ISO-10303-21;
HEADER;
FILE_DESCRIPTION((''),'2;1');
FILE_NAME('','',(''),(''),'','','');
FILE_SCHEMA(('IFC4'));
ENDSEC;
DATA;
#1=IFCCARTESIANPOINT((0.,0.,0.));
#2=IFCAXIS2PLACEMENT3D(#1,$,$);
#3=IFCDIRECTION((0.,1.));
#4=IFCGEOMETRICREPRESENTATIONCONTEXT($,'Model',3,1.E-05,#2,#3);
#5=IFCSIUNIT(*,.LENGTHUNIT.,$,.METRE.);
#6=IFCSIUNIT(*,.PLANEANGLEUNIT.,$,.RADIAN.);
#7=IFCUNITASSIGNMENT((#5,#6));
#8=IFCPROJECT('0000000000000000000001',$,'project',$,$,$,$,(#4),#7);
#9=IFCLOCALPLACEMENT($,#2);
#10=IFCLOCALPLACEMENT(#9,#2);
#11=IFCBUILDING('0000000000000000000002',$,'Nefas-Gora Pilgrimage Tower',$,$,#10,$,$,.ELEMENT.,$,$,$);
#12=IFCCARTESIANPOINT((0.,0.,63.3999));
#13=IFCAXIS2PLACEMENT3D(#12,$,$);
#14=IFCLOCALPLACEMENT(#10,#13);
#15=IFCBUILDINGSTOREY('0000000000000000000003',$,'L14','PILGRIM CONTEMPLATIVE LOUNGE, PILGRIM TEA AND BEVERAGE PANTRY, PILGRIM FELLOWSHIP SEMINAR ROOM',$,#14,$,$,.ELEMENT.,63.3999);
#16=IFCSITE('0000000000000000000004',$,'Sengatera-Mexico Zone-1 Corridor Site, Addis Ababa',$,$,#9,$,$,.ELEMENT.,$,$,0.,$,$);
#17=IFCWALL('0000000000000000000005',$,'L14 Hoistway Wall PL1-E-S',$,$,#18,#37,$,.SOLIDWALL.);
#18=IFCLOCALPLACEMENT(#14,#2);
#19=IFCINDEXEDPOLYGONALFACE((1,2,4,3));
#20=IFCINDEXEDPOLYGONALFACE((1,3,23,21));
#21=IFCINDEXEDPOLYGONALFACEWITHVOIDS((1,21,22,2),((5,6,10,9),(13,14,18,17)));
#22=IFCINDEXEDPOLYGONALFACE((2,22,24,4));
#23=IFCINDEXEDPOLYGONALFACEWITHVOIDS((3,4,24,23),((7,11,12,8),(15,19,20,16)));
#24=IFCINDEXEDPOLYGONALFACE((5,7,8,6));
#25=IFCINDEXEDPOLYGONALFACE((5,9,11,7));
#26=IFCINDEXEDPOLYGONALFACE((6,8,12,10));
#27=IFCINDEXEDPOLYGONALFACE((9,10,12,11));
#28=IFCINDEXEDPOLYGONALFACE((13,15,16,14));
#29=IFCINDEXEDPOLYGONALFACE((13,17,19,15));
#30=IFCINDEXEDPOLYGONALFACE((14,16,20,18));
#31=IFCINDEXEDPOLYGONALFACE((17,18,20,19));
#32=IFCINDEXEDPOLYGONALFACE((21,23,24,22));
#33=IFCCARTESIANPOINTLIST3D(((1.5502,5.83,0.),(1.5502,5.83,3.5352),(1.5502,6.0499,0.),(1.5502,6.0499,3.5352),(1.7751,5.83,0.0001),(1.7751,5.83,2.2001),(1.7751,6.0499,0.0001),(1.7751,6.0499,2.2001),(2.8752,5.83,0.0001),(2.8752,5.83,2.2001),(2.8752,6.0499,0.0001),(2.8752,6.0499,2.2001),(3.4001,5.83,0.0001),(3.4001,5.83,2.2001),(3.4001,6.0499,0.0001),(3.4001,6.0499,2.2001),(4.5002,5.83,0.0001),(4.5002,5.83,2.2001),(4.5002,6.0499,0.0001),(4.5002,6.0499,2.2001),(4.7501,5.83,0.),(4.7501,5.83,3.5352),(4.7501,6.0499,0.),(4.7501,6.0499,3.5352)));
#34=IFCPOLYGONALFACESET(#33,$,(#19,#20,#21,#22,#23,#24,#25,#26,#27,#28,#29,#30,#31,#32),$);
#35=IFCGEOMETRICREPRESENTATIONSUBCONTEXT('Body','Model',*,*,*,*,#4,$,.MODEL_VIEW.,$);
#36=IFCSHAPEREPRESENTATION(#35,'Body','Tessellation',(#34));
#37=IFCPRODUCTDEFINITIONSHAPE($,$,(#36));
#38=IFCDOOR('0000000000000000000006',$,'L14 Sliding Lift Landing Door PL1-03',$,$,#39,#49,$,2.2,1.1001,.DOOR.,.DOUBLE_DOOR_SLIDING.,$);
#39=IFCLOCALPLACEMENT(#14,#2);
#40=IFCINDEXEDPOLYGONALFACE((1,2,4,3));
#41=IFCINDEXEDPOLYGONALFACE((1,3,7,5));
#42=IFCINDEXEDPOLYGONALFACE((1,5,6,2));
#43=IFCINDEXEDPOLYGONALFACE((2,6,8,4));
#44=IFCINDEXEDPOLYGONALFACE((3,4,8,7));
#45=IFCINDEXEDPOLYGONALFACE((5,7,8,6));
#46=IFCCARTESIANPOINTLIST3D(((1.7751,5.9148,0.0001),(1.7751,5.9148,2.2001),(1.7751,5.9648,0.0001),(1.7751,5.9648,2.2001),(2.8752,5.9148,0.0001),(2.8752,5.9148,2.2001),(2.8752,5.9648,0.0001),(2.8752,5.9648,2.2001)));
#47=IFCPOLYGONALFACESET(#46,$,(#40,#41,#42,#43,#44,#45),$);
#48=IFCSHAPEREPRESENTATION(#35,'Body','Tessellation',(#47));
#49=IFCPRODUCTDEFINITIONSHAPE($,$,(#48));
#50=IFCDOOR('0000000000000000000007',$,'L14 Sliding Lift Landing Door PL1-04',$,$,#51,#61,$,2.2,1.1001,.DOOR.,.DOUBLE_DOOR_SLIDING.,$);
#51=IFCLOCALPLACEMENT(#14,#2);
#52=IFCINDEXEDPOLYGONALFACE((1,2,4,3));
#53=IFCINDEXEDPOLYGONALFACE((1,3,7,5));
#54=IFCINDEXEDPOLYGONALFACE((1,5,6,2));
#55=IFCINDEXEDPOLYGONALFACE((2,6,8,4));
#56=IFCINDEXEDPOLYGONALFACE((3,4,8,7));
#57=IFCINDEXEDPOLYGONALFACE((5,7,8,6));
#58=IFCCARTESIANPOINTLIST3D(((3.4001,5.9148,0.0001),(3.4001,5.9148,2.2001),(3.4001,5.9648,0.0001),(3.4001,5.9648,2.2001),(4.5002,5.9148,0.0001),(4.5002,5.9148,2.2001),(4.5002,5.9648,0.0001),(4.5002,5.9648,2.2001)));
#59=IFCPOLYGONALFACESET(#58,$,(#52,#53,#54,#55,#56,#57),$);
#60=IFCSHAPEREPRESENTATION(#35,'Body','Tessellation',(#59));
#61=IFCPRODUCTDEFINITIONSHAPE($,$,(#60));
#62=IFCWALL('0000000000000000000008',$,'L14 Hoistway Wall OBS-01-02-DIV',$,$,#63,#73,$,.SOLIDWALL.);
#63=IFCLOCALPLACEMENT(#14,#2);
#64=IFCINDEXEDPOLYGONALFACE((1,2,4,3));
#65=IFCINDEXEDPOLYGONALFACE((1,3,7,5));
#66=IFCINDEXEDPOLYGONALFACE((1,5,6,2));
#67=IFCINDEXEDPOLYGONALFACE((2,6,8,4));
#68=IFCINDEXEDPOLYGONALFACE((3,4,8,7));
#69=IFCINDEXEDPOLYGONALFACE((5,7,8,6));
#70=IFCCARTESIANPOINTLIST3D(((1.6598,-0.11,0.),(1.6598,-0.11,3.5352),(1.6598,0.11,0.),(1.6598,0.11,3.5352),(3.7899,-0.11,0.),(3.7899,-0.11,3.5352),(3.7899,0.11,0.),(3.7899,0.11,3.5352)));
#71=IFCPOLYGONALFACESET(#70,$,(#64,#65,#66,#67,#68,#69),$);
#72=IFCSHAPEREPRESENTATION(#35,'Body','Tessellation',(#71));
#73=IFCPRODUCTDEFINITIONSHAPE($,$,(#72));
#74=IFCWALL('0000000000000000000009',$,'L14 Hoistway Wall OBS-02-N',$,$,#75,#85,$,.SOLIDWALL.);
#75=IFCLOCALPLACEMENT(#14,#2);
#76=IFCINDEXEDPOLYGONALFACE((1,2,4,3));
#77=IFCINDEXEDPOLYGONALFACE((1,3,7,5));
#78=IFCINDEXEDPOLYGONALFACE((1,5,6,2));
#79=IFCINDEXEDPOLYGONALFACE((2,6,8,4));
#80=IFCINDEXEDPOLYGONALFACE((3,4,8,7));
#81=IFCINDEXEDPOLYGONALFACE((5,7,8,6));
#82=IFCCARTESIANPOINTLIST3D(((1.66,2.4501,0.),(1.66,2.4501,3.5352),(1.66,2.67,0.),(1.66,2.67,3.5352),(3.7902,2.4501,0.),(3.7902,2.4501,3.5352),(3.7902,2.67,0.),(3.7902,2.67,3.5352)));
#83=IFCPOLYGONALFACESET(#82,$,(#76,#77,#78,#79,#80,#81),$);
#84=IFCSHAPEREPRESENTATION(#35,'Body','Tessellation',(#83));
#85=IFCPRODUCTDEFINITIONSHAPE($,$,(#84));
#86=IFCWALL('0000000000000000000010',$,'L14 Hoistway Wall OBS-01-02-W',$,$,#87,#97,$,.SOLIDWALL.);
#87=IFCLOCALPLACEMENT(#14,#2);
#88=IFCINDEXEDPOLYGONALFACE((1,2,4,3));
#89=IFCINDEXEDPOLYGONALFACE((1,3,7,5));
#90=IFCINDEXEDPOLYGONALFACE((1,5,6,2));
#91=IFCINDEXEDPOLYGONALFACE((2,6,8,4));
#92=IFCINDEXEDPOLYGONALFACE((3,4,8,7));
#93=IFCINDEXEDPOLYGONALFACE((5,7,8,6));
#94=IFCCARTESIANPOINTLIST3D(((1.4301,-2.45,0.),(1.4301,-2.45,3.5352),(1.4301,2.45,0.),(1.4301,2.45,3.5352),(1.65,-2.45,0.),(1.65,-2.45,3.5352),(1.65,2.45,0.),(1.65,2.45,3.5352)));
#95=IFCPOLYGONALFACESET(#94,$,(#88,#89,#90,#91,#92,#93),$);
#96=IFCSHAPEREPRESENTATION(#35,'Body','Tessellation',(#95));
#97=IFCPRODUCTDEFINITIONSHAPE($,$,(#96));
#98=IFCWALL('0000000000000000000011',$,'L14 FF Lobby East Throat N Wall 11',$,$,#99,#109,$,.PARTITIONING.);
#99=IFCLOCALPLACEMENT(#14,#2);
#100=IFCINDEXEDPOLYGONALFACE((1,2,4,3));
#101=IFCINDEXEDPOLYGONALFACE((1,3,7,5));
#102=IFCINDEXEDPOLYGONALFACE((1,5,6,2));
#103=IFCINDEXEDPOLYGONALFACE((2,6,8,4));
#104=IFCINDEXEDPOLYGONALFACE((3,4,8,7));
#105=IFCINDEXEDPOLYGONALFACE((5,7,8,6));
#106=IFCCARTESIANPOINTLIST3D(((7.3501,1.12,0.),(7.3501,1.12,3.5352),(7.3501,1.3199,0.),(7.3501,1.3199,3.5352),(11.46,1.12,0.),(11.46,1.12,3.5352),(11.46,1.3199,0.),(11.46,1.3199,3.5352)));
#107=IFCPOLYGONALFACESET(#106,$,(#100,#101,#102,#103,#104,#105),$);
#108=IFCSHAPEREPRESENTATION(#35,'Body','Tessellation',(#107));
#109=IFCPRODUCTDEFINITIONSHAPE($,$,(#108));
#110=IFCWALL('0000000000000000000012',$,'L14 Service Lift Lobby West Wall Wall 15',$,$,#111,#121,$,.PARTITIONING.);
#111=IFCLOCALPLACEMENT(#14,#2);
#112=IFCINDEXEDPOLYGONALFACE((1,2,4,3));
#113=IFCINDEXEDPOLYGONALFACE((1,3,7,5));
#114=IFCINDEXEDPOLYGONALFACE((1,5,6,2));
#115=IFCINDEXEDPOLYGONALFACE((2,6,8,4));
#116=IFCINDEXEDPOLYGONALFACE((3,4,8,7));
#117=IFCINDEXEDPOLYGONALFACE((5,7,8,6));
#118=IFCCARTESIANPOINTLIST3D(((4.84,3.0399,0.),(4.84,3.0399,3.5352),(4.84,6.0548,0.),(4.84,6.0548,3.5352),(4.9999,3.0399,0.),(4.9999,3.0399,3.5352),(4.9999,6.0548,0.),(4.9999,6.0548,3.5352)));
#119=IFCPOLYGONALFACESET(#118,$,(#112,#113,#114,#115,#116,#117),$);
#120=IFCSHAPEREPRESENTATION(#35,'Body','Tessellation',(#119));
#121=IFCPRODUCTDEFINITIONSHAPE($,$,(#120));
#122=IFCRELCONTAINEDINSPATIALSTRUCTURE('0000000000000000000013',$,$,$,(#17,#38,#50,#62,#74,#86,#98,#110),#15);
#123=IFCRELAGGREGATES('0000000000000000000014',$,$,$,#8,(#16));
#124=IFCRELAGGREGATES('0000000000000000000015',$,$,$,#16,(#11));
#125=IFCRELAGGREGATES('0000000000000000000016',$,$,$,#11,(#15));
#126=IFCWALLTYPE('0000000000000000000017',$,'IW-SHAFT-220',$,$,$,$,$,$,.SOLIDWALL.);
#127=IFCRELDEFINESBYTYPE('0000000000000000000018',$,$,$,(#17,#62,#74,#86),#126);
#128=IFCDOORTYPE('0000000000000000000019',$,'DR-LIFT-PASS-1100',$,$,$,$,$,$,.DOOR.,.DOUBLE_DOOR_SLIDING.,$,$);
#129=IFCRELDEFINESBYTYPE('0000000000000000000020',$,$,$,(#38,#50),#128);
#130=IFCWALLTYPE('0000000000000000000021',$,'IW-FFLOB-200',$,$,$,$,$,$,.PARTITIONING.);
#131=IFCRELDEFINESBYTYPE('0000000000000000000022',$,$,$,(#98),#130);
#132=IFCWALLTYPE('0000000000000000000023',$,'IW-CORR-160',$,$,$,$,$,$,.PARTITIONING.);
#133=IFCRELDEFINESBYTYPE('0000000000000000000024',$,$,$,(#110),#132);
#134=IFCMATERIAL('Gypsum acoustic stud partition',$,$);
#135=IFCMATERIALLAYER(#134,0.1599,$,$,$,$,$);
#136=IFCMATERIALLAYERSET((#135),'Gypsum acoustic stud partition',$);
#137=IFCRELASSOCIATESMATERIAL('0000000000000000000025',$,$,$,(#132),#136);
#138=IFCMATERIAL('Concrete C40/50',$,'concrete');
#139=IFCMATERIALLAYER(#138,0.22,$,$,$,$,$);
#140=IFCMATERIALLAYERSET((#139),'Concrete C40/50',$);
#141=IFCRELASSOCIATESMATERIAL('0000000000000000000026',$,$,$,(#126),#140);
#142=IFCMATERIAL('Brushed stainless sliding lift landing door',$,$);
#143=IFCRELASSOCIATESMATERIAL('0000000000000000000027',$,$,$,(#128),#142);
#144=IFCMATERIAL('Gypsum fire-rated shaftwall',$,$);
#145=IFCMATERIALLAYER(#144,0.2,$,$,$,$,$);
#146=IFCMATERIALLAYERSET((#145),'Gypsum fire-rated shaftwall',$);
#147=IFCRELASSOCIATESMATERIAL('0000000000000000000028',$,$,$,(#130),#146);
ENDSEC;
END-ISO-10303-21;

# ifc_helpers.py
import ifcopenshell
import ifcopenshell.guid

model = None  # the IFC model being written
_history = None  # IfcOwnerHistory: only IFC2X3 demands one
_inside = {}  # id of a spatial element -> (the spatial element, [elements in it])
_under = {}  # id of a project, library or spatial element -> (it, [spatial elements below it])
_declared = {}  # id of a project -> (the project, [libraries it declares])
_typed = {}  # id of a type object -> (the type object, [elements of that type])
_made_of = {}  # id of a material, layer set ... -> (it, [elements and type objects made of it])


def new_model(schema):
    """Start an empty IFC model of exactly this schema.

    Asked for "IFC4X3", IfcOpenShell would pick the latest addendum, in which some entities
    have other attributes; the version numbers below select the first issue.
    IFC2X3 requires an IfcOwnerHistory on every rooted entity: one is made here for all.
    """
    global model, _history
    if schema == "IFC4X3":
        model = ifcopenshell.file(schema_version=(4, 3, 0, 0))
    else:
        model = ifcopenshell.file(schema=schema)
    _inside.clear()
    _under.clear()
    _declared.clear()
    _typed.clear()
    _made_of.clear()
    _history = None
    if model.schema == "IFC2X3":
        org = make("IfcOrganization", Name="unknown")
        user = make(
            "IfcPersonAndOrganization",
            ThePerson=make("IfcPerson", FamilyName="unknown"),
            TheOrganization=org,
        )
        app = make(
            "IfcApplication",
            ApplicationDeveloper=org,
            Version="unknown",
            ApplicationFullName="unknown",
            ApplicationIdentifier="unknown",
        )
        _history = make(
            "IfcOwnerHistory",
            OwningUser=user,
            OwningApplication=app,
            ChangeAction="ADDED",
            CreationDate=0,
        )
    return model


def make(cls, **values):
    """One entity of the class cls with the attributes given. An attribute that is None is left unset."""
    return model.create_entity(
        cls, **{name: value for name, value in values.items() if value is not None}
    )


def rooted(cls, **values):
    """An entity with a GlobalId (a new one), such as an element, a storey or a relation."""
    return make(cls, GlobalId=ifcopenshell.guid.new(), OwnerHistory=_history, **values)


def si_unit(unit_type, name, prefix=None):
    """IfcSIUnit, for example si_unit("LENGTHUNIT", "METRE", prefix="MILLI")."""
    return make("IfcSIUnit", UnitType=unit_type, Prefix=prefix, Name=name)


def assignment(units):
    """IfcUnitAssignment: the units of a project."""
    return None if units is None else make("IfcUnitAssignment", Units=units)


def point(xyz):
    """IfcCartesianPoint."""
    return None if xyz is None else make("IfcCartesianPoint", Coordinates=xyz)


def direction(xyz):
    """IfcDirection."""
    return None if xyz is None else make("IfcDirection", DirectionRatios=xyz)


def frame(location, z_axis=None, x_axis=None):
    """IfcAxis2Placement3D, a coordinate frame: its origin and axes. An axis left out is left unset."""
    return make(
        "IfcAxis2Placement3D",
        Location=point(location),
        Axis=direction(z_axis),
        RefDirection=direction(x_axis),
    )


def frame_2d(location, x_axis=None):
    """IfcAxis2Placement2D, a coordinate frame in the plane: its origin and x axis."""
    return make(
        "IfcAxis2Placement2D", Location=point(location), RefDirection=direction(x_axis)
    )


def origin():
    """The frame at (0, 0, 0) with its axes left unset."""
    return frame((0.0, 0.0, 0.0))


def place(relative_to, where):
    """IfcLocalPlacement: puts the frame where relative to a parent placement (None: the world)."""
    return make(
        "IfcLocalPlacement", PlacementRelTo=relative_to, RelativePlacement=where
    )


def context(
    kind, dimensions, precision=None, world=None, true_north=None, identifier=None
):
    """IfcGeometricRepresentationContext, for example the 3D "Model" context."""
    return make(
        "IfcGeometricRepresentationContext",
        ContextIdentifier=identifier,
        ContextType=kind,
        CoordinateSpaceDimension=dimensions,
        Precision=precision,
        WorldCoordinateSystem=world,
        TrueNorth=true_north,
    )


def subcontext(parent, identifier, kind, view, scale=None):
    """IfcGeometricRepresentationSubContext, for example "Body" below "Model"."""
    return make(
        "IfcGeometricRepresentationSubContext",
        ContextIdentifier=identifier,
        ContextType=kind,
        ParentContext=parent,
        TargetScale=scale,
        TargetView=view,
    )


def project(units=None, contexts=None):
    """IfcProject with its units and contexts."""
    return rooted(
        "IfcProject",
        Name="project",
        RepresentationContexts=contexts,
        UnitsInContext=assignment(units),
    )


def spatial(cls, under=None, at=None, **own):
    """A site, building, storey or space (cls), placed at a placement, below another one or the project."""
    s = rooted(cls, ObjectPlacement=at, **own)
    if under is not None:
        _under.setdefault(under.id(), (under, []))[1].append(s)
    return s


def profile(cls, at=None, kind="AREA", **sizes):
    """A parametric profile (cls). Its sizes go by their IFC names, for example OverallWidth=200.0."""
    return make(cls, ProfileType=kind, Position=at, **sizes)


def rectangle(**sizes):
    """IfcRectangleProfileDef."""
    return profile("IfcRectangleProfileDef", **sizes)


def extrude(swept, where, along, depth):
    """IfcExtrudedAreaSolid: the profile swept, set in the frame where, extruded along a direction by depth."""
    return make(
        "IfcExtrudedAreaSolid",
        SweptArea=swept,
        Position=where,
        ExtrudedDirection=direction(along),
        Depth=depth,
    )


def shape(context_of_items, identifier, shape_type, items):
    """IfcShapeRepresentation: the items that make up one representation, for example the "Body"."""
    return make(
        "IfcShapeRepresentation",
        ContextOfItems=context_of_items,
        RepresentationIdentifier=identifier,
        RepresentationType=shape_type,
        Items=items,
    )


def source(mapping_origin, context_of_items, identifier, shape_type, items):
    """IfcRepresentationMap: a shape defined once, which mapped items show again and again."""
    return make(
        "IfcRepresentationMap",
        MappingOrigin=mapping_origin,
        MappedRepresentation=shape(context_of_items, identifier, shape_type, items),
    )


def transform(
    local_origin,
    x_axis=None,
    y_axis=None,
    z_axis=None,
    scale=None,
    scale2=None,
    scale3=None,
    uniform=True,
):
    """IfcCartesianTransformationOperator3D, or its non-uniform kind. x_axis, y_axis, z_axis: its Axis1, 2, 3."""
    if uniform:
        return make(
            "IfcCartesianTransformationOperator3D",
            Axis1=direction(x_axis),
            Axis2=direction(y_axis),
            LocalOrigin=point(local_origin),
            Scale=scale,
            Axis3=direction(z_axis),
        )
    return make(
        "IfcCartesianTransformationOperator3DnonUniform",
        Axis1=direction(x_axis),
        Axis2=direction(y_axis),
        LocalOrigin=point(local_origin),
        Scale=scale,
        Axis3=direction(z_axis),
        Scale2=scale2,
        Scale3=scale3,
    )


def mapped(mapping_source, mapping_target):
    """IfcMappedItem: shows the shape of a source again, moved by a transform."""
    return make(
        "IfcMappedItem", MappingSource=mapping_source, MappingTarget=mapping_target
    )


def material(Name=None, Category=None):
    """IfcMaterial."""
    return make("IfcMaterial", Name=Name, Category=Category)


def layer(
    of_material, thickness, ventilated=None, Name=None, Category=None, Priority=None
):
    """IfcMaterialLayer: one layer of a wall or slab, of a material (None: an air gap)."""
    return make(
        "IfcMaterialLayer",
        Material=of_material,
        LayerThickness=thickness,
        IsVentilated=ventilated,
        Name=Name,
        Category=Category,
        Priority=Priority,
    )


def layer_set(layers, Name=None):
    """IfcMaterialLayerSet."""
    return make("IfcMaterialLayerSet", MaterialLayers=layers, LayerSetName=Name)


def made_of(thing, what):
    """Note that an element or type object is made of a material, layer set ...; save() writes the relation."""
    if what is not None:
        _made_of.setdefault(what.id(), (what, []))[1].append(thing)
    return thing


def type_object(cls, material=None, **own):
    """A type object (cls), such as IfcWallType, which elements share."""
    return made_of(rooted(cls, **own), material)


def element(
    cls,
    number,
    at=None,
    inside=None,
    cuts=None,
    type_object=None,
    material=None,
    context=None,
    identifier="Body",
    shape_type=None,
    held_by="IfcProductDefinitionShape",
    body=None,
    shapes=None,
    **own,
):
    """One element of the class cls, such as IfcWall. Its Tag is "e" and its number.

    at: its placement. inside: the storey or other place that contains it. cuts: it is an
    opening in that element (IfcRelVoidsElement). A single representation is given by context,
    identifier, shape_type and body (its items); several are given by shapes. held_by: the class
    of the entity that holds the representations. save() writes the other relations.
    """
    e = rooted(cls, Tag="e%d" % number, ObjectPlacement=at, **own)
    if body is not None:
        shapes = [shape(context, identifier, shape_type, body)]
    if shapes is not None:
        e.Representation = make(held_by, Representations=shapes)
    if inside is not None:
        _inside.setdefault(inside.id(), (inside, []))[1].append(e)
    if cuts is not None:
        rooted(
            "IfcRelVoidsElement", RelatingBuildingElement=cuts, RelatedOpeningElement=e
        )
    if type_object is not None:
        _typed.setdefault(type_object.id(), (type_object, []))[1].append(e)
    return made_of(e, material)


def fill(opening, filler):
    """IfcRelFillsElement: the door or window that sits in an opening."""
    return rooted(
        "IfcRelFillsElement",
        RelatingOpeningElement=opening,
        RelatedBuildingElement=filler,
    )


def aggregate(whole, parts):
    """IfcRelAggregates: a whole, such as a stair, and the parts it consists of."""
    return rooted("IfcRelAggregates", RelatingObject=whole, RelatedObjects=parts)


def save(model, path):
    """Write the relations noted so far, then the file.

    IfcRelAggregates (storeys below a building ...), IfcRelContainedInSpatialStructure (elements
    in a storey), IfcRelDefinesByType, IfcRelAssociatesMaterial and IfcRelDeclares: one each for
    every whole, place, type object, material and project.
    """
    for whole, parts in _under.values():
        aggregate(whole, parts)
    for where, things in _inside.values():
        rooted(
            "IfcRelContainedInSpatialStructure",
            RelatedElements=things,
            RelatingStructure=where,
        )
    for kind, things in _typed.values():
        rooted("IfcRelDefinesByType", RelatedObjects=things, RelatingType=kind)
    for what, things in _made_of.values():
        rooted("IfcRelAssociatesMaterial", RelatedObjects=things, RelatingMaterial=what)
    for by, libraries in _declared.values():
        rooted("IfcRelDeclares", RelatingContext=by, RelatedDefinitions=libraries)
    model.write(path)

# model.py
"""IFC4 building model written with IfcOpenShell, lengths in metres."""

from ifc_helpers import new_model, si_unit, direction, frame, frame_2d, origin, place, context, subcontext, project, spatial, rectangle, extrude, source, transform, mapped, material, layer, layer_set, type_object, element, fill, save


model = new_model("IFC4")

# Units and contexts
model_context = context("Model", 3, precision=1e-05, world=origin(), true_north=direction((0.0, 1.0)))
body_context = subcontext(model_context, "Body", "Model", "MODEL_VIEW")
ifc_project = project(units=[si_unit("LENGTHUNIT", "METRE"), si_unit("PLANEANGLEUNIT", "RADIAN")], contexts=[model_context])

# Site, building, storey
site_placement = place(None, origin())
site = spatial("IfcSite", under=ifc_project, at=site_placement, Name="Sengatera-Mexico Zone-1 Corridor Site, Addis Ababa", CompositionType="ELEMENT", RefElevation=0.0)
building_placement = place(site_placement, origin())
building = spatial("IfcBuilding", under=site, at=building_placement, Name="Nefas-Gora Pilgrimage Tower", CompositionType="ELEMENT")
storey_placement = place(building_placement, frame((0.0, 0.0, 63.3999)))
storey = spatial("IfcBuildingStorey", under=building, at=storey_placement, Name="L14", Description="PILGRIM CONTEMPLATIVE LOUNGE, PILGRIM TEA AND BEVERAGE PANTRY, PILGRIM FELLOWSHIP SEMINAR ROOM", CompositionType="ELEMENT", Elevation=63.3999)

# Shared definitions
ifc_material_1 = material(Name="Gypsum acoustic stud partition")
ifc_layer_1 = layer(ifc_material_1, 0.1599)
ifc_layer_set_1 = layer_set([ifc_layer_1], Name="Gypsum acoustic stud partition")
wall_type_1 = type_object("IfcWallType", Name="IW-CORR-160", PredefinedType="PARTITIONING", material=ifc_layer_set_1)

# Wall, openings, doors
ifc_material_2 = material(Name="Concrete C40/50", Category="concrete")
ifc_layer_2 = layer(ifc_material_2, 0.22)
ifc_layer_set_2 = layer_set([ifc_layer_2], Name="Concrete C40/50")
wall_type_2 = type_object("IfcWallType", Name="IW-SHAFT-220", PredefinedType="SOLIDWALL", material=ifc_layer_set_2)
shared_shape_1 = source(origin(), body_context, "Body", "SweptSolid", [
    extrude(rectangle(XDim=3.2, YDim=0.22, at=frame_2d((1.6001, 0.0))), origin(), (0.0, 0.0, 1.0), 3.5352),
])
wall_1_placement = place(storey_placement, frame((1.55, 5.9399, 0.0), z_axis=(0.0, 0.0, 1.0), x_axis=(1.0, 0.0, 0.0)))
wall_1 = element("IfcWall", 1, at=wall_1_placement, inside=storey, type_object=wall_type_2, Name="L14 Hoistway Wall PL1-E-S", PredefinedType="SOLIDWALL", context=body_context, shape_type="MappedRepresentation", body=[
    mapped(shared_shape_1, transform((0.0, 0.0, 0.0), x_axis=(1.0, 0.0, 0.0), y_axis=(0.0, 1.0, 0.0), z_axis=(0.0, 0.0, 1.0), scale=1.0)),
])
opening_1_placement = place(wall_1_placement, frame((0.2251, 0.0, 0.0)))
opening_1 = element("IfcOpeningElement", 2, at=opening_1_placement, cuts=wall_1, PredefinedType="OPENING", context=body_context, shape_type="SweptSolid", body=[
    extrude(rectangle(XDim=1.1001, YDim=2.2, at=frame_2d((0.55, 1.1001))), frame((0.0, 0.1199, 0.0), z_axis=(0.0, -1.0, 0.0), x_axis=(1.0, 0.0, 0.0)), (0.0, 0.0, 1.0), 0.24),
])
opening_2_placement = place(wall_1_placement, frame((1.8501, 0.0, 0.0)))
opening_2 = element("IfcOpeningElement", 3, at=opening_2_placement, cuts=wall_1, PredefinedType="OPENING", context=body_context, shape_type="SweptSolid", body=[
    extrude(rectangle(XDim=1.1001, YDim=2.2, at=frame_2d((0.55, 1.1001))), frame((0.0, 0.1199, 0.0), z_axis=(0.0, -1.0, 0.0), x_axis=(1.0, 0.0, 0.0)), (0.0, 0.0, 1.0), 0.24),
])
ifc_material_3 = material(Name="Brushed stainless sliding lift landing door")
door_type_1 = type_object("IfcDoorType", Name="DR-LIFT-PASS-1100", OperationType="DOUBLE_DOOR_SLIDING", PredefinedType="DOOR", material=ifc_material_3)
shared_shape_2 = source(origin(), body_context, "Body", "SweptSolid", [
    extrude(rectangle(XDim=1.1001, YDim=2.2, at=frame_2d((0.55, 1.1001))), frame((0.0, 0.0249, 0.0), z_axis=(0.0, -1.0, 0.0), x_axis=(1.0, 0.0, 0.0)), (0.0, 0.0, 1.0), 0.05),
])
door_1_placement = place(opening_1_placement, origin())
door_1 = element("IfcDoor", 4, at=door_1_placement, inside=storey, type_object=door_type_1, Name="L14 Sliding Lift Landing Door PL1-03", OperationType="DOUBLE_DOOR_SLIDING", OverallHeight=2.2, OverallWidth=1.1001, PredefinedType="DOOR", context=body_context, shape_type="MappedRepresentation", body=[
    mapped(shared_shape_2, transform((0.0, 0.0, 0.0), x_axis=(1.0, 0.0, 0.0), y_axis=(0.0, 1.0, 0.0), z_axis=(0.0, 0.0, 1.0), scale=1.0)),
])
fill(opening_1, door_1)
door_2_placement = place(opening_2_placement, origin())
door_2 = element("IfcDoor", 5, at=door_2_placement, inside=storey, type_object=door_type_1, Name="L14 Sliding Lift Landing Door PL1-04", OperationType="DOUBLE_DOOR_SLIDING", OverallHeight=2.2, OverallWidth=1.1001, PredefinedType="DOOR", context=body_context, shape_type="MappedRepresentation", body=[
    mapped(shared_shape_2, transform((0.0, 0.0, 0.0), x_axis=(1.0, 0.0, 0.0), y_axis=(0.0, 1.0, 0.0), z_axis=(0.0, 0.0, 1.0), scale=1.0)),
])
fill(opening_2, door_2)

# Walls
shared_shape_3 = source(origin(), body_context, "Body", "SweptSolid", [
    extrude(rectangle(XDim=2.1301, YDim=0.22, at=frame_2d((1.0649, 0.0))), origin(), (0.0, 0.0, 1.0), 3.5352),
])
for number, where, z_axis, x_axis, name in (
    (6, (1.6599, 0.0, 0.0), (0.0, 0.0, 1.0), (1.0, 0.0, 0.0), "L14 Hoistway Wall OBS-01-02-DIV"),
    (7, (3.79, 2.5601, 0.0), (0.0, 0.0, 1.0), (-1.0, 0.0, 0.0), "L14 Hoistway Wall OBS-02-N"),
):
    element("IfcWall", number, at=place(storey_placement, frame(where, z_axis=z_axis, x_axis=x_axis)), inside=storey, type_object=wall_type_2, Name=name, PredefinedType="SOLIDWALL", context=body_context, shape_type="MappedRepresentation", body=[
        mapped(shared_shape_3, transform((0.0, 0.0, 0.0), x_axis=(1.0, 0.0, 0.0), y_axis=(0.0, 1.0, 0.0), z_axis=(0.0, 0.0, 1.0), scale=1.0)),
    ])
shared_shape_4 = source(origin(), body_context, "Body", "SweptSolid", [
    extrude(rectangle(XDim=4.8999, YDim=0.22, at=frame_2d((2.45, 0.0))), origin(), (0.0, 0.0, 1.0), 3.5352),
])
wall_2_placement = place(storey_placement, frame((1.54, 2.45, 0.0), z_axis=(0.0, 0.0, 1.0), x_axis=(0.0, -1.0, 0.0)))
element("IfcWall", 8, at=wall_2_placement, inside=storey, type_object=wall_type_2, Name="L14 Hoistway Wall OBS-01-02-W", PredefinedType="SOLIDWALL", context=body_context, shape_type="MappedRepresentation", body=[
    mapped(shared_shape_4, transform((0.0, 0.0, 0.0), x_axis=(1.0, 0.0, 0.0), y_axis=(0.0, 1.0, 0.0), z_axis=(0.0, 0.0, 1.0), scale=1.0)),
])

# Shared definitions
ifc_material_4 = material(Name="Gypsum fire-rated shaftwall")
ifc_layer_3 = layer(ifc_material_4, 0.2)
ifc_layer_set_3 = layer_set([ifc_layer_3], Name="Gypsum fire-rated shaftwall")
wall_type_3 = type_object("IfcWallType", Name="IW-FFLOB-200", PredefinedType="PARTITIONING", material=ifc_layer_set_3)

# Walls
shared_shape_5 = source(origin(), body_context, "Body", "SweptSolid", [
    extrude(rectangle(XDim=4.1099, YDim=0.2, at=frame_2d((2.0549, 0.0))), origin(), (0.0, 0.0, 1.0), 3.5352),
])
wall_3_placement = place(storey_placement, frame((7.3501, 1.22, 0.0), z_axis=(0.0, 0.0, 1.0), x_axis=(1.0, 0.0, 0.0)))
element("IfcWall", 9, at=wall_3_placement, inside=storey, type_object=wall_type_3, Name="L14 FF Lobby East Throat N Wall 11", PredefinedType="PARTITIONING", context=body_context, shape_type="MappedRepresentation", body=[
    mapped(shared_shape_5, transform((0.0, 0.0, 0.0), x_axis=(1.0, 0.0, 0.0), y_axis=(0.0, 1.0, 0.0), z_axis=(0.0, 0.0, 1.0), scale=1.0)),
])
shared_shape_6 = source(origin(), body_context, "Body", "SweptSolid", [
    extrude(rectangle(XDim=3.0149, YDim=0.1599, at=frame_2d((1.5073, 0.0))), origin(), (0.0, 0.0, 1.0), 3.5352),
])
wall_4_placement = place(storey_placement, frame((4.9199, 3.04, 0.0), z_axis=(0.0, 0.0, 1.0), x_axis=(0.0, 1.0, 0.0)))
element("IfcWall", 10, at=wall_4_placement, inside=storey, type_object=wall_type_1, Name="L14 Service Lift Lobby West Wall Wall 15", PredefinedType="PARTITIONING", context=body_context, shape_type="MappedRepresentation", body=[
    mapped(shared_shape_6, transform((0.0, 0.0, 0.0), x_axis=(1.0, 0.0, 0.0), y_axis=(0.0, 1.0, 0.0), z_axis=(0.0, 0.0, 1.0), scale=1.0)),
])

save(model, "model.ifc")
